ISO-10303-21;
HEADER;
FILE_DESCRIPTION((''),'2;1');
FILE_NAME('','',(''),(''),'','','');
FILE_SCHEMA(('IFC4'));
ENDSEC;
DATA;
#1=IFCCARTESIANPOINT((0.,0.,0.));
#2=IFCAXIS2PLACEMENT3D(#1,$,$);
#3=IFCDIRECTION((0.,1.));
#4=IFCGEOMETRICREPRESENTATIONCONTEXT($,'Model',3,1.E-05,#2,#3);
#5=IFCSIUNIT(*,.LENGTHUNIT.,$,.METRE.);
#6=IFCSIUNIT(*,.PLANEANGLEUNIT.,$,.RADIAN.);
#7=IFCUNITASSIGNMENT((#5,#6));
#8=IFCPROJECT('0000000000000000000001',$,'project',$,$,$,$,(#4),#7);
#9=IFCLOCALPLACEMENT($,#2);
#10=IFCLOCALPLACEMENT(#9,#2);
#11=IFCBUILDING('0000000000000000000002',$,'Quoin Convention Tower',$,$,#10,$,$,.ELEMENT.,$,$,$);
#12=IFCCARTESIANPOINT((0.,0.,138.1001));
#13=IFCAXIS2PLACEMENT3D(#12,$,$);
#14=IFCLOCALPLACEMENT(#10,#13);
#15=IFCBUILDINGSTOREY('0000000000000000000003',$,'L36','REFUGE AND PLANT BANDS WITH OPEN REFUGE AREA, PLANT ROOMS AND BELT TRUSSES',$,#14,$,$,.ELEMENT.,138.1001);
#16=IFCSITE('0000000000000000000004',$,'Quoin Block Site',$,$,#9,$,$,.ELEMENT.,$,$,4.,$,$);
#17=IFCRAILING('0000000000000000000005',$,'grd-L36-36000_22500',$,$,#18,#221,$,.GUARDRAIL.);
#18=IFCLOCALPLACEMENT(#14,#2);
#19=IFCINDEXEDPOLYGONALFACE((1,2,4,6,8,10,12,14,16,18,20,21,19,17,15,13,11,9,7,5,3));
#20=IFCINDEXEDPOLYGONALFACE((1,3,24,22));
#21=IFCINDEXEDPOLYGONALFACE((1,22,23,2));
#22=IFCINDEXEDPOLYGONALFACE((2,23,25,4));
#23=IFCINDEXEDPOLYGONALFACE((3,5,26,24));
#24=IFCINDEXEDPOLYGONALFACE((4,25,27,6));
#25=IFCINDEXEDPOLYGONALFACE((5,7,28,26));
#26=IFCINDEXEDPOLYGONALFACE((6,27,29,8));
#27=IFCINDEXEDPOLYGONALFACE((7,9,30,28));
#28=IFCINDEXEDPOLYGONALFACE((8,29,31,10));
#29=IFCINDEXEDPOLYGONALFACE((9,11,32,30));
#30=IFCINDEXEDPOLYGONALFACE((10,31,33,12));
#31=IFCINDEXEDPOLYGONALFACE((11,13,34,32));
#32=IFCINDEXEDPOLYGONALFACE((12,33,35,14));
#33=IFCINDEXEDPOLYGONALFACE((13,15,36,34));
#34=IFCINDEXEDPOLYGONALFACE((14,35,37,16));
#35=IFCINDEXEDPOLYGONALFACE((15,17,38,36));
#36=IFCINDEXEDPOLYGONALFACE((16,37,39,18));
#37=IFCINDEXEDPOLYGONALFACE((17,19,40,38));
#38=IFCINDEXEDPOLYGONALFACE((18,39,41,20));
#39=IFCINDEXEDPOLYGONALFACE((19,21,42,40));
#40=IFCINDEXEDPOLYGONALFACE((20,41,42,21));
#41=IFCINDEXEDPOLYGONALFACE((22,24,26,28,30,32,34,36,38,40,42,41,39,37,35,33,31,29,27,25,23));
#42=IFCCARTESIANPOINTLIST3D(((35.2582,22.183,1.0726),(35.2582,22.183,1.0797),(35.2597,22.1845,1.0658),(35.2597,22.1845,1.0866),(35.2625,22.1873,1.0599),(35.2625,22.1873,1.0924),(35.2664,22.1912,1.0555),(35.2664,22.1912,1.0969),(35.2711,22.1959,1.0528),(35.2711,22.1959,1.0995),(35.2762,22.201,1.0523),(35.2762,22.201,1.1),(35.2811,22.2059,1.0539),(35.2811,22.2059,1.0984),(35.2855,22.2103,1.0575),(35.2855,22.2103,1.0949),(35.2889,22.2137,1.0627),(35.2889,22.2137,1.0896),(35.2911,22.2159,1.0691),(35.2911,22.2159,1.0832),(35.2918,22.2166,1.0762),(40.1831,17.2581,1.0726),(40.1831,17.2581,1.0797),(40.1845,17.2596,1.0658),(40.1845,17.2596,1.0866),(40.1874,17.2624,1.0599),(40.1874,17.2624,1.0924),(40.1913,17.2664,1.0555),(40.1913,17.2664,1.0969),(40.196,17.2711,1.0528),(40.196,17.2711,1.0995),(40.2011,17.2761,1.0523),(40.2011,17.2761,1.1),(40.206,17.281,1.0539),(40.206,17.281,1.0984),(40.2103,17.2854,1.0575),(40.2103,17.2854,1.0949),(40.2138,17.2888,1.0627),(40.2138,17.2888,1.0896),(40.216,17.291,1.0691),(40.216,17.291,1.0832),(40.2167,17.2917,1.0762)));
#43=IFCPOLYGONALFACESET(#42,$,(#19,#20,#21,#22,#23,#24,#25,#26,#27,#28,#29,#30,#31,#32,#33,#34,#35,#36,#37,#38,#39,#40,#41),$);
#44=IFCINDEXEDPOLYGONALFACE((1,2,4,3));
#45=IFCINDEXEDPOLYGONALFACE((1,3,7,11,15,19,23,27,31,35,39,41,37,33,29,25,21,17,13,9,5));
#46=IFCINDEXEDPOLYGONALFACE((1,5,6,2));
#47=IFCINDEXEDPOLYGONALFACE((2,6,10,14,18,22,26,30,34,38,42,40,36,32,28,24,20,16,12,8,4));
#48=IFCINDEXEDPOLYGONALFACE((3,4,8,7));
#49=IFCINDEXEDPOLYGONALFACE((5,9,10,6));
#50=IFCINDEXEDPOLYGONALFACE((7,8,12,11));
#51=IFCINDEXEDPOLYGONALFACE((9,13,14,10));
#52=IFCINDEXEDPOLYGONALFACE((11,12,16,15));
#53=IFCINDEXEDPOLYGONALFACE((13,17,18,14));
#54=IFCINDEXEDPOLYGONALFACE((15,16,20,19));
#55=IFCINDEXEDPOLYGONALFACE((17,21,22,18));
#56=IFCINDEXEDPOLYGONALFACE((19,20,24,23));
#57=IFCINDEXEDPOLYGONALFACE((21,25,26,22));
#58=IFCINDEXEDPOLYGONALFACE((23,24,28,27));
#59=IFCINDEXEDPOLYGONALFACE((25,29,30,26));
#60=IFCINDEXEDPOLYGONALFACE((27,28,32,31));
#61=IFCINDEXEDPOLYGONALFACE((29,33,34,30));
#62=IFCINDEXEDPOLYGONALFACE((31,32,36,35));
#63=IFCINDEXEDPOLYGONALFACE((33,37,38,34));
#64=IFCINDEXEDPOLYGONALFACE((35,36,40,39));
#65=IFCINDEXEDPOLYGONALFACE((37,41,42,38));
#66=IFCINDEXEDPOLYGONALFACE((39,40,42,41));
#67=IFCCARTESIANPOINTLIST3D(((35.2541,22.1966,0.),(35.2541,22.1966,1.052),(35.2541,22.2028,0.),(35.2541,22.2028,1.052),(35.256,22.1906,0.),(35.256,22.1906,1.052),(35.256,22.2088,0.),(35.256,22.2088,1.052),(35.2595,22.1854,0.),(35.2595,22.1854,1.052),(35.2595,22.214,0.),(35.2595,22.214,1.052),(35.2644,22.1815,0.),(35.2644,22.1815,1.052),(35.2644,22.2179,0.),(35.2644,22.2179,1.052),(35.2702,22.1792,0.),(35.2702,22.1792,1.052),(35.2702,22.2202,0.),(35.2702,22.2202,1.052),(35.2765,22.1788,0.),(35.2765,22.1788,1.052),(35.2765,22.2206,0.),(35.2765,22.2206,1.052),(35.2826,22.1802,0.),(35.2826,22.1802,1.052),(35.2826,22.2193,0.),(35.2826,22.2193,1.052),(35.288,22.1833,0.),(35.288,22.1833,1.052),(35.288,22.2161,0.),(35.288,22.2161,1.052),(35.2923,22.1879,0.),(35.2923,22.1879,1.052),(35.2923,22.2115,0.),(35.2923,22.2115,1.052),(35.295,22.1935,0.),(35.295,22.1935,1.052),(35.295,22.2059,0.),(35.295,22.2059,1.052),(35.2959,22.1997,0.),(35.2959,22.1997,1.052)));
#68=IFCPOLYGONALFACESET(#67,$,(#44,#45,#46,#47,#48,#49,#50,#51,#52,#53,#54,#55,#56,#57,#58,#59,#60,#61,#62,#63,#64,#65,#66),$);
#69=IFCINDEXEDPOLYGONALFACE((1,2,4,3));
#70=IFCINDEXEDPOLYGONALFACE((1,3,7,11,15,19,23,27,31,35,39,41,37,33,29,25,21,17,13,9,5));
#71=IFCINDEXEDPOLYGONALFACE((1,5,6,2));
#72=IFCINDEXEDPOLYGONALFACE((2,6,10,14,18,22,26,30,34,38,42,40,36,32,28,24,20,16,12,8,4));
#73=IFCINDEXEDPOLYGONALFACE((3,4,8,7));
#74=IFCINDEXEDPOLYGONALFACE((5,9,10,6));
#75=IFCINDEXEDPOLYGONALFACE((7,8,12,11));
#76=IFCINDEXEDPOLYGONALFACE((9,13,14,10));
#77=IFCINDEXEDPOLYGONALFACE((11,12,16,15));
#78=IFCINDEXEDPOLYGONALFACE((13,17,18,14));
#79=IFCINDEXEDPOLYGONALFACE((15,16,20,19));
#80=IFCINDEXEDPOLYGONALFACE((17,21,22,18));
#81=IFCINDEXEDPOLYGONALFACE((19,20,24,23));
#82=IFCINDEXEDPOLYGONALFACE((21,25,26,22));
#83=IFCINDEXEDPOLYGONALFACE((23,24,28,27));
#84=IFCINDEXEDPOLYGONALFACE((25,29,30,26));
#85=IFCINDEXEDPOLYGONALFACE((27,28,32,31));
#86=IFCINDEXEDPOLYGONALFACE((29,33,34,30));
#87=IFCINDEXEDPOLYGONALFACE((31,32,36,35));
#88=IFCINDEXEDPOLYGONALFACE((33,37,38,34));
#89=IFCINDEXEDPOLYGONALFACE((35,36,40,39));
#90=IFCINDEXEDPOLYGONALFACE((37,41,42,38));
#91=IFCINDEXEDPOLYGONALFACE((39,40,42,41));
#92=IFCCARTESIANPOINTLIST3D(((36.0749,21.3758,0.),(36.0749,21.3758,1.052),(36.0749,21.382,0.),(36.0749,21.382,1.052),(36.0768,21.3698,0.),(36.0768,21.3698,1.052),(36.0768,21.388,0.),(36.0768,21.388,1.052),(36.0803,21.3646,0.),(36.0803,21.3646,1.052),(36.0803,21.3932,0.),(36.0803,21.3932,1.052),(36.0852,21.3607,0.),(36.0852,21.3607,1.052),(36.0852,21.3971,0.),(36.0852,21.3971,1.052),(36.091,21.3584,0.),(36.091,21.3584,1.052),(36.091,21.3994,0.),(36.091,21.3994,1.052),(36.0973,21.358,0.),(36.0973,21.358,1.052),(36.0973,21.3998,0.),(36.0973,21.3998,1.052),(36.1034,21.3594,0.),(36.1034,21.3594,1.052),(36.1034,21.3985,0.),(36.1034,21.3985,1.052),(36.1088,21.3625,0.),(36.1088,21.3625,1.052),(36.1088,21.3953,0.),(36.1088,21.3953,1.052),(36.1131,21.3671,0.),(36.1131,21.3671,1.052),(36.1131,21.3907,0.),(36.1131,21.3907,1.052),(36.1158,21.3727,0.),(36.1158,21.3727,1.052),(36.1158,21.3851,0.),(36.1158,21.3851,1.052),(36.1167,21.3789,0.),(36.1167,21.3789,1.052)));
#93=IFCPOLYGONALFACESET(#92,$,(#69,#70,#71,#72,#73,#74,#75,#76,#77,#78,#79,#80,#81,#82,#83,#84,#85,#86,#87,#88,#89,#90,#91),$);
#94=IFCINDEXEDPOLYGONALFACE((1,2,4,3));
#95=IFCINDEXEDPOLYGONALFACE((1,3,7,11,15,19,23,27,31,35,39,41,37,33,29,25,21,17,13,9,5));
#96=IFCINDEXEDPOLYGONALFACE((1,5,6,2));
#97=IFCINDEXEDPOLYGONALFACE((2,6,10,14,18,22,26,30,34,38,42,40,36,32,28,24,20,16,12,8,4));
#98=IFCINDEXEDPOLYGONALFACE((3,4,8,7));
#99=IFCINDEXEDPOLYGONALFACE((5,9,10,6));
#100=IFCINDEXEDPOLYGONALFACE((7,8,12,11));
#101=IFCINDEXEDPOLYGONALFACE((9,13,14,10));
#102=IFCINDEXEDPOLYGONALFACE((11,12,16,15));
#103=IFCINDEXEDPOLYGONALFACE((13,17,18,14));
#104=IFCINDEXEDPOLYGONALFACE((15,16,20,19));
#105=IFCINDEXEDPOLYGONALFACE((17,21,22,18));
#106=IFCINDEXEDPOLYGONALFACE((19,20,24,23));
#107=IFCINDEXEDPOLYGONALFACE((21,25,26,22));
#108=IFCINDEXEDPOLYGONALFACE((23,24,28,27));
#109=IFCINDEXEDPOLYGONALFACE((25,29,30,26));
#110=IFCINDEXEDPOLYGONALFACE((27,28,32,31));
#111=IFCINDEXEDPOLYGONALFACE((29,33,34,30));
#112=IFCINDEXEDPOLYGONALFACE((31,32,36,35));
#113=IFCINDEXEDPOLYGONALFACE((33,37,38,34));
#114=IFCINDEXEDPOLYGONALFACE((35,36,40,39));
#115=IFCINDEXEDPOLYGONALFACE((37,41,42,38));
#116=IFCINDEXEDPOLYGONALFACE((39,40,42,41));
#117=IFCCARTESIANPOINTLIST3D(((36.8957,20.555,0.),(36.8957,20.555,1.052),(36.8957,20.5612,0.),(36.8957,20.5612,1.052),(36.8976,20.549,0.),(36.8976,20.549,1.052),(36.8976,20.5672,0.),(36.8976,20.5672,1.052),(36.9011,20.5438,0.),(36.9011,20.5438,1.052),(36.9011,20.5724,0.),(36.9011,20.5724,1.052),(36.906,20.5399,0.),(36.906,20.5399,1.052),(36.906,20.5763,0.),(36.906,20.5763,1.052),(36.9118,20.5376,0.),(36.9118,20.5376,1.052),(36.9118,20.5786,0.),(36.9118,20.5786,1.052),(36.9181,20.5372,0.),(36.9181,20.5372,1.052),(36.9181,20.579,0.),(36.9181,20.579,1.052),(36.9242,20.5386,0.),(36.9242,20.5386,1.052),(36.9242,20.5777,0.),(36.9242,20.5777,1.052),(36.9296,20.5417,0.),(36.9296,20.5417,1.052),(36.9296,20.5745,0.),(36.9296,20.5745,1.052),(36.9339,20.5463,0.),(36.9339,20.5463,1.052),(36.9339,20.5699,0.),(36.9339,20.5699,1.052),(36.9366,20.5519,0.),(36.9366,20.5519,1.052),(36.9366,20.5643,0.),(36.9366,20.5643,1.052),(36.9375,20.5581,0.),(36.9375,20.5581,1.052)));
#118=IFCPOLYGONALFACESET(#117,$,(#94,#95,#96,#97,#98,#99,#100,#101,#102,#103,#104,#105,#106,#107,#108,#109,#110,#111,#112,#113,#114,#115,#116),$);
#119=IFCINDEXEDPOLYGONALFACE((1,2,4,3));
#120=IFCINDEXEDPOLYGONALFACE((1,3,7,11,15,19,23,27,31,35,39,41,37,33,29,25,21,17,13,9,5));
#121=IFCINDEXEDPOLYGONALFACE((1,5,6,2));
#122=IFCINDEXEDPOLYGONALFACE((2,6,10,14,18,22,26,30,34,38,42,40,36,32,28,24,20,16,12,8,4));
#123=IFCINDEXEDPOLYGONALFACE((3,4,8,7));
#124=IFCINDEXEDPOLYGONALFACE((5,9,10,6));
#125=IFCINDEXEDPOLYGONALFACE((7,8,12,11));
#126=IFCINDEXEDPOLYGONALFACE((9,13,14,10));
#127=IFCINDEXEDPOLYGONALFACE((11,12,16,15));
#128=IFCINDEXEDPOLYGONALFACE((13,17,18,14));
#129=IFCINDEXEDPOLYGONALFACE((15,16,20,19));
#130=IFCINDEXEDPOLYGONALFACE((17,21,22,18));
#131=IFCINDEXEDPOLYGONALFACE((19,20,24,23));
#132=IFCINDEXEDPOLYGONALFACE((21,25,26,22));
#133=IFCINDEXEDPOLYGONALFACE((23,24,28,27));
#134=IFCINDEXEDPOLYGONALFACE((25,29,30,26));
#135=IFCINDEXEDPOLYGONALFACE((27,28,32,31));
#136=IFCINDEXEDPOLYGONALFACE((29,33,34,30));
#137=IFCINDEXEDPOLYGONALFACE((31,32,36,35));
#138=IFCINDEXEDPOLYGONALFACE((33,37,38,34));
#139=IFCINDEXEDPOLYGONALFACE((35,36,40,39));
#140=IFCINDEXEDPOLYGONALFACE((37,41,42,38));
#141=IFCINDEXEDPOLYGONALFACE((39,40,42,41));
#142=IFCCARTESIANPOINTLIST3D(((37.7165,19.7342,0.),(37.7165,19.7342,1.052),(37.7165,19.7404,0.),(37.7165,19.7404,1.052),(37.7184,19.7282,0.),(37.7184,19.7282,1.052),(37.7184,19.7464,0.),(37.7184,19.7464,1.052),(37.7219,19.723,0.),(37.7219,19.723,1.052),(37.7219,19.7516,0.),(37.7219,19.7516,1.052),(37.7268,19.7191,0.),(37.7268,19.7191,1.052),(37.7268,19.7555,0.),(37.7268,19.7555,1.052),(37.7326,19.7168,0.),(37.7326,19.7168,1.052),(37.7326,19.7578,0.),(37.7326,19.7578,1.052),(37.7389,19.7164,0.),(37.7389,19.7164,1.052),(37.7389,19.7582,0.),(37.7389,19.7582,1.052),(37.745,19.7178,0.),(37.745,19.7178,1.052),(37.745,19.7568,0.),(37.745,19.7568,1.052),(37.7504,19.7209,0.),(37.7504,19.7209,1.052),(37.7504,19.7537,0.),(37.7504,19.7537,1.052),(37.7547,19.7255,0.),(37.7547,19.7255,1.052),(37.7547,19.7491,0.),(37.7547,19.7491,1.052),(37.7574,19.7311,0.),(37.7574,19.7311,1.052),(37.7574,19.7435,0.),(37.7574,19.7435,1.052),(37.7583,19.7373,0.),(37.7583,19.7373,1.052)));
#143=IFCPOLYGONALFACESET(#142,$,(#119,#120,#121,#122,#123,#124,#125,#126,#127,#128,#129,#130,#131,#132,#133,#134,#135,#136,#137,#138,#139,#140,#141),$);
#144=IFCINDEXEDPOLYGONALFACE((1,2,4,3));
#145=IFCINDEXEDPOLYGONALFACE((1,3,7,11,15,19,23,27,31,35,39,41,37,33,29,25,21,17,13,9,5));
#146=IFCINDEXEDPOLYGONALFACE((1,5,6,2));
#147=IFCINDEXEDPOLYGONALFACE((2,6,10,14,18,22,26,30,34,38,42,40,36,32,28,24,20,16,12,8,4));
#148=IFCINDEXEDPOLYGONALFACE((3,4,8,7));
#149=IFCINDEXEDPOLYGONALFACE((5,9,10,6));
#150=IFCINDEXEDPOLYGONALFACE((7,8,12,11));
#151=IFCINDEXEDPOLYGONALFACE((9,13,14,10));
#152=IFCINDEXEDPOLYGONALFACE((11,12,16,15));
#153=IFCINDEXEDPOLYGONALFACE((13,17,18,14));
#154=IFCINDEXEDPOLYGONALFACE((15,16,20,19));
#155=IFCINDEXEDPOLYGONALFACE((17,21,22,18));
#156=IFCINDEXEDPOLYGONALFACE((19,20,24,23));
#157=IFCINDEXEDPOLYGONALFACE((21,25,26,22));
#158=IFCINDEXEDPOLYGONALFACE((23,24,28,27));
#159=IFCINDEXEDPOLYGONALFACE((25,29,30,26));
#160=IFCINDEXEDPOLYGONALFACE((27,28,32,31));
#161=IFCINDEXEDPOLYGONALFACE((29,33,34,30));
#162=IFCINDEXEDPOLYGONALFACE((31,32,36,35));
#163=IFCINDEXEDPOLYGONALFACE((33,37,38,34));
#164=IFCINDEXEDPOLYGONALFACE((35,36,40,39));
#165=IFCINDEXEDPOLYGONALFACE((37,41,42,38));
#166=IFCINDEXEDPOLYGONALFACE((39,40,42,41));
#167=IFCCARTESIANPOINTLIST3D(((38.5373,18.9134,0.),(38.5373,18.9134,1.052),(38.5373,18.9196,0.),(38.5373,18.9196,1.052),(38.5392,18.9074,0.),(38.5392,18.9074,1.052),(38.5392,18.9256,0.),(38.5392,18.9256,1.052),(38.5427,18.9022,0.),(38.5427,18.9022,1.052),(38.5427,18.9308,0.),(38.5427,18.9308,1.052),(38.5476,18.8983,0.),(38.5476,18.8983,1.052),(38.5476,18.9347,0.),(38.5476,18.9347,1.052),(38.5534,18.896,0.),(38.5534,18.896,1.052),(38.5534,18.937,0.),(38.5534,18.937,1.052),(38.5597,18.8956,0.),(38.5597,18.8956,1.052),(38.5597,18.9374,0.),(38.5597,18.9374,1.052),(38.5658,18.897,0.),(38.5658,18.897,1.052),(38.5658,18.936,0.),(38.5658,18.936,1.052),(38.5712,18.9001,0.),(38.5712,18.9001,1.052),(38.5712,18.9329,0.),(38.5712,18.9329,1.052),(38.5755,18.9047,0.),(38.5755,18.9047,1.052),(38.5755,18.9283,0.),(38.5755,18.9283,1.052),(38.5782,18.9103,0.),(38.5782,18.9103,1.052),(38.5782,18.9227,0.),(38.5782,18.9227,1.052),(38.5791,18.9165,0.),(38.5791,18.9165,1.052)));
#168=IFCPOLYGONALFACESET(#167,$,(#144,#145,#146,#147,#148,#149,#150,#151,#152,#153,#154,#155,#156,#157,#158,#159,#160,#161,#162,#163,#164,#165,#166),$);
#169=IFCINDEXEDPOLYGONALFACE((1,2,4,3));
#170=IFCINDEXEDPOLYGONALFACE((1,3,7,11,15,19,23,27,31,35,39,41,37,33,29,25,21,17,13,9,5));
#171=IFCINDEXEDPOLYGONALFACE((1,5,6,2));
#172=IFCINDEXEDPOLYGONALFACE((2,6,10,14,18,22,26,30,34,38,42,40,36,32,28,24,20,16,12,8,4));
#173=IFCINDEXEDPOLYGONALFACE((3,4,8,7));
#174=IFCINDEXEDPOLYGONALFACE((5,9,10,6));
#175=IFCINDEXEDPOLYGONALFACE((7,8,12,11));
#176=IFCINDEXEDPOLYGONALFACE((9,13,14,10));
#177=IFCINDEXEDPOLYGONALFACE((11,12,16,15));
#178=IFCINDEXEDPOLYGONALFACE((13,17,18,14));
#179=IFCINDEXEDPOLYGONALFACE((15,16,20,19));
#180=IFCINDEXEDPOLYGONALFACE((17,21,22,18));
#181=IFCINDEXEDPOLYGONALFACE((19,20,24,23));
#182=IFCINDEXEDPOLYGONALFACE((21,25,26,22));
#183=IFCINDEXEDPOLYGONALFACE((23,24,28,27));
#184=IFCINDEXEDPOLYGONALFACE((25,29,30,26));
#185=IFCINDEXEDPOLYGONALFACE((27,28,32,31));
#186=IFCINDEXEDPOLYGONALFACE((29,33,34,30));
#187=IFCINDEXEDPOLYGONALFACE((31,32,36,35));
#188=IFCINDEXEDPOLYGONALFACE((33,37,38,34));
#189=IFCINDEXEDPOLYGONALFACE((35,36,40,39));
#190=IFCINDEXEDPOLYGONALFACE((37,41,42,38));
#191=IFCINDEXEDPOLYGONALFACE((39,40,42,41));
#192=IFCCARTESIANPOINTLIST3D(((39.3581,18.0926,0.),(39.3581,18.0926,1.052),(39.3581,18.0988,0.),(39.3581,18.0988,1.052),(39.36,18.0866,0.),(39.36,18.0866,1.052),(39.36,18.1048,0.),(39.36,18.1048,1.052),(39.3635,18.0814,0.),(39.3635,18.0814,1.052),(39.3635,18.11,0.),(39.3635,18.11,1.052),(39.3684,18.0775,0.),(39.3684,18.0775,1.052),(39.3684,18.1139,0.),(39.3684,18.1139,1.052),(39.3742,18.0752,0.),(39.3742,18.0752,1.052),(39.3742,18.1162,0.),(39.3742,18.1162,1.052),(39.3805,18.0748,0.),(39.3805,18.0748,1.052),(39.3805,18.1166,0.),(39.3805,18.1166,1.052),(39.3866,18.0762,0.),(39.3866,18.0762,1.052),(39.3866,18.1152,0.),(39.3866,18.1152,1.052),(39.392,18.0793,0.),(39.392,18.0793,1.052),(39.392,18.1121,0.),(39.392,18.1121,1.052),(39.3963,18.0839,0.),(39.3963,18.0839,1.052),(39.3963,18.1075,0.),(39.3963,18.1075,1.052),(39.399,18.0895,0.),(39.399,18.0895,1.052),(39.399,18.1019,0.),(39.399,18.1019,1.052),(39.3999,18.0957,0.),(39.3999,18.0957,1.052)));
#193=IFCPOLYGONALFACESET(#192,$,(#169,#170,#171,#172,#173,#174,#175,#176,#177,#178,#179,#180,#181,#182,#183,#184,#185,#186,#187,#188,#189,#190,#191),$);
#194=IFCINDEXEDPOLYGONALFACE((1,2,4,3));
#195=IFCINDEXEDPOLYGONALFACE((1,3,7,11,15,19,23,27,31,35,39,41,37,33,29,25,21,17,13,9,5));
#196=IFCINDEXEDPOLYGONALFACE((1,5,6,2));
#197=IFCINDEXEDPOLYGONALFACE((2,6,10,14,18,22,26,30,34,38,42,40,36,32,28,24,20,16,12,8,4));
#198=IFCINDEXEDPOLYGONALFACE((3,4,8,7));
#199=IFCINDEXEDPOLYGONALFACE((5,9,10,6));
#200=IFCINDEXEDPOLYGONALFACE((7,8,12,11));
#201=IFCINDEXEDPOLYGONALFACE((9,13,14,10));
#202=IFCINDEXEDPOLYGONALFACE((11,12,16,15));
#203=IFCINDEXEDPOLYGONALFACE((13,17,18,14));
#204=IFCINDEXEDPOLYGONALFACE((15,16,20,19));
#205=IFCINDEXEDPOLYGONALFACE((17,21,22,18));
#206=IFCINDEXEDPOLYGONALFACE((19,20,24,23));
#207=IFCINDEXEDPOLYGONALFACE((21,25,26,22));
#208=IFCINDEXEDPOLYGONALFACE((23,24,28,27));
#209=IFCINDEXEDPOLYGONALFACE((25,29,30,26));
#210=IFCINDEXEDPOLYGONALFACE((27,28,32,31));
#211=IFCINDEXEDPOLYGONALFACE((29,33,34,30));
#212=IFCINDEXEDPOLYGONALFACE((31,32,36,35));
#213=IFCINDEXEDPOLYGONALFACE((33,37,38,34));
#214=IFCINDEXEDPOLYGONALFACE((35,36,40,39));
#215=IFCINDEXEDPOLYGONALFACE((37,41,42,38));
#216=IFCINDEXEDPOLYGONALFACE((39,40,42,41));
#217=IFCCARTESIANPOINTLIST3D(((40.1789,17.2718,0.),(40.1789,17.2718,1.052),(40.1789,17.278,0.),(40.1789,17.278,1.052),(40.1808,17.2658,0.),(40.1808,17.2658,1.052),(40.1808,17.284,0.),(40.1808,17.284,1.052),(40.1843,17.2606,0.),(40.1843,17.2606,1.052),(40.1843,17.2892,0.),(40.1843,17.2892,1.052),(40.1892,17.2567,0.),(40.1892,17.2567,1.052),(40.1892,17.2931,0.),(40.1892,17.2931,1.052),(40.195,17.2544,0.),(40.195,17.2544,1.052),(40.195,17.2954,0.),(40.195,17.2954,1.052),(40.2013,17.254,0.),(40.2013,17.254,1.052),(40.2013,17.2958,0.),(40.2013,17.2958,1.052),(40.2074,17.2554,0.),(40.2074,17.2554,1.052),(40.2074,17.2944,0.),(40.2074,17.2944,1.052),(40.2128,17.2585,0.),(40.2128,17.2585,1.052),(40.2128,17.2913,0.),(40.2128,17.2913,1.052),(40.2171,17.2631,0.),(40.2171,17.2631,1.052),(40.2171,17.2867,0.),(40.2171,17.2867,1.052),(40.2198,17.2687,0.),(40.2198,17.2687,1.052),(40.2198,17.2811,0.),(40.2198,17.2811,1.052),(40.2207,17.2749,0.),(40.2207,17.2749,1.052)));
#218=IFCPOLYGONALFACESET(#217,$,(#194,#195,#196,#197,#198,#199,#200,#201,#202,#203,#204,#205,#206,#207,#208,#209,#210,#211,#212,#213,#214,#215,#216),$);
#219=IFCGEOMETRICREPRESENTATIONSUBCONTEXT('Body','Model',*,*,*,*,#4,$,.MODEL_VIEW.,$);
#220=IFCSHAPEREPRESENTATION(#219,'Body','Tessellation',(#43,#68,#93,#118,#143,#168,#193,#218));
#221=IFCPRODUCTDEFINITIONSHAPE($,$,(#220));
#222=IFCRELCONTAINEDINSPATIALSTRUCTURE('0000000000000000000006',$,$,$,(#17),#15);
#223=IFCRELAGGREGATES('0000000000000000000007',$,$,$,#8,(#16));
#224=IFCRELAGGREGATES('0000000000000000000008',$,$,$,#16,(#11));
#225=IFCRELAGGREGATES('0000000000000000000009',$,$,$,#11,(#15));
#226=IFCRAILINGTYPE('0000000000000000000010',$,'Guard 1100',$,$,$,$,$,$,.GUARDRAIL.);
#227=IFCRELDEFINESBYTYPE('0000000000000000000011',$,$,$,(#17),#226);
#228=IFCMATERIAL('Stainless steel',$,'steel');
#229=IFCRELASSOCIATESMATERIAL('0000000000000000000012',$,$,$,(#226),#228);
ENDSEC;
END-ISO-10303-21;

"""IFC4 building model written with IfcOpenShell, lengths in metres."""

from ifc_helpers import new_model, si_unit, direction, frame, origin, origin_2d, place, context, subcontext, project, spatial, circle, extrude, material, type_object, element, save


model = new_model("IFC4")

# Units and contexts
model_context = context("Model", 3, precision=1e-05, world=origin(), true_north=direction((0.0, 1.0)))
body_context = subcontext(model_context, "Body", "Model", "MODEL_VIEW")
ifc_project = project(units=[si_unit("LENGTHUNIT", "METRE"), si_unit("PLANEANGLEUNIT", "RADIAN")], contexts=[model_context])

# Site, building, storey
site_placement = place(None, origin())
site = spatial("IfcSite", under=ifc_project, at=site_placement, Name="Quoin Block Site", CompositionType="ELEMENT", RefElevation=4.0)
building_placement = place(site_placement, origin())
building = spatial("IfcBuilding", under=site, at=building_placement, Name="Quoin Convention Tower", CompositionType="ELEMENT")
storey_placement = place(building_placement, frame((0.0, 0.0, 138.1001)))
storey = spatial("IfcBuildingStorey", under=building, at=storey_placement, Name="L36", Description="REFUGE AND PLANT BANDS WITH OPEN REFUGE AREA, PLANT ROOMS AND BELT TRUSSES", CompositionType="ELEMENT", Elevation=138.1001)

# Railing
ifc_material_1 = material(Name="Stainless steel", Category="steel")
railing_type = type_object("IfcRailingType", Name="Guard 1100", PredefinedType="GUARDRAIL", material=ifc_material_1)
railing_1_placement = place(storey_placement, frame((35.2749, 22.1997, 0.0)))
element("IfcRailing", 1, at=railing_1_placement, inside=storey, type_object=railing_type, Name="grd-L36-36000_22500", PredefinedType="GUARDRAIL", context=body_context, shape_type="SweptSolid", body=[
    extrude(circle(Radius=0.0239, at=origin_2d()), frame((0.0, 0.0, 1.0762), z_axis=(0.707107, -0.707107, 0.0), x_axis=(0.707107, 0.707107, 0.0)), (0.0, 0.0, 1.0), 6.9648),
    extrude(circle(Radius=0.021, at=origin_2d()), origin(), (0.0, 0.0, 1.0), 1.052),
    extrude(circle(Radius=0.021, at=origin_2d()), frame((0.8208, -0.8208, 0.0)), (0.0, 0.0, 1.0), 1.052),
    extrude(circle(Radius=0.021, at=origin_2d()), frame((1.6416, -1.6416, 0.0)), (0.0, 0.0, 1.0), 1.052),
    extrude(circle(Radius=0.021, at=origin_2d()), frame((2.4624, -2.4624, 0.0)), (0.0, 0.0, 1.0), 1.052),
    extrude(circle(Radius=0.021, at=origin_2d()), frame((3.2832, -3.2832, 0.0)), (0.0, 0.0, 1.0), 1.052),
    extrude(circle(Radius=0.021, at=origin_2d()), frame((4.104, -4.104, 0.0)), (0.0, 0.0, 1.0), 1.052),
    extrude(circle(Radius=0.021, at=origin_2d()), frame((4.9248, -4.9248, 0.0)), (0.0, 0.0, 1.0), 1.052),
])

save(model, "model.ifc")
